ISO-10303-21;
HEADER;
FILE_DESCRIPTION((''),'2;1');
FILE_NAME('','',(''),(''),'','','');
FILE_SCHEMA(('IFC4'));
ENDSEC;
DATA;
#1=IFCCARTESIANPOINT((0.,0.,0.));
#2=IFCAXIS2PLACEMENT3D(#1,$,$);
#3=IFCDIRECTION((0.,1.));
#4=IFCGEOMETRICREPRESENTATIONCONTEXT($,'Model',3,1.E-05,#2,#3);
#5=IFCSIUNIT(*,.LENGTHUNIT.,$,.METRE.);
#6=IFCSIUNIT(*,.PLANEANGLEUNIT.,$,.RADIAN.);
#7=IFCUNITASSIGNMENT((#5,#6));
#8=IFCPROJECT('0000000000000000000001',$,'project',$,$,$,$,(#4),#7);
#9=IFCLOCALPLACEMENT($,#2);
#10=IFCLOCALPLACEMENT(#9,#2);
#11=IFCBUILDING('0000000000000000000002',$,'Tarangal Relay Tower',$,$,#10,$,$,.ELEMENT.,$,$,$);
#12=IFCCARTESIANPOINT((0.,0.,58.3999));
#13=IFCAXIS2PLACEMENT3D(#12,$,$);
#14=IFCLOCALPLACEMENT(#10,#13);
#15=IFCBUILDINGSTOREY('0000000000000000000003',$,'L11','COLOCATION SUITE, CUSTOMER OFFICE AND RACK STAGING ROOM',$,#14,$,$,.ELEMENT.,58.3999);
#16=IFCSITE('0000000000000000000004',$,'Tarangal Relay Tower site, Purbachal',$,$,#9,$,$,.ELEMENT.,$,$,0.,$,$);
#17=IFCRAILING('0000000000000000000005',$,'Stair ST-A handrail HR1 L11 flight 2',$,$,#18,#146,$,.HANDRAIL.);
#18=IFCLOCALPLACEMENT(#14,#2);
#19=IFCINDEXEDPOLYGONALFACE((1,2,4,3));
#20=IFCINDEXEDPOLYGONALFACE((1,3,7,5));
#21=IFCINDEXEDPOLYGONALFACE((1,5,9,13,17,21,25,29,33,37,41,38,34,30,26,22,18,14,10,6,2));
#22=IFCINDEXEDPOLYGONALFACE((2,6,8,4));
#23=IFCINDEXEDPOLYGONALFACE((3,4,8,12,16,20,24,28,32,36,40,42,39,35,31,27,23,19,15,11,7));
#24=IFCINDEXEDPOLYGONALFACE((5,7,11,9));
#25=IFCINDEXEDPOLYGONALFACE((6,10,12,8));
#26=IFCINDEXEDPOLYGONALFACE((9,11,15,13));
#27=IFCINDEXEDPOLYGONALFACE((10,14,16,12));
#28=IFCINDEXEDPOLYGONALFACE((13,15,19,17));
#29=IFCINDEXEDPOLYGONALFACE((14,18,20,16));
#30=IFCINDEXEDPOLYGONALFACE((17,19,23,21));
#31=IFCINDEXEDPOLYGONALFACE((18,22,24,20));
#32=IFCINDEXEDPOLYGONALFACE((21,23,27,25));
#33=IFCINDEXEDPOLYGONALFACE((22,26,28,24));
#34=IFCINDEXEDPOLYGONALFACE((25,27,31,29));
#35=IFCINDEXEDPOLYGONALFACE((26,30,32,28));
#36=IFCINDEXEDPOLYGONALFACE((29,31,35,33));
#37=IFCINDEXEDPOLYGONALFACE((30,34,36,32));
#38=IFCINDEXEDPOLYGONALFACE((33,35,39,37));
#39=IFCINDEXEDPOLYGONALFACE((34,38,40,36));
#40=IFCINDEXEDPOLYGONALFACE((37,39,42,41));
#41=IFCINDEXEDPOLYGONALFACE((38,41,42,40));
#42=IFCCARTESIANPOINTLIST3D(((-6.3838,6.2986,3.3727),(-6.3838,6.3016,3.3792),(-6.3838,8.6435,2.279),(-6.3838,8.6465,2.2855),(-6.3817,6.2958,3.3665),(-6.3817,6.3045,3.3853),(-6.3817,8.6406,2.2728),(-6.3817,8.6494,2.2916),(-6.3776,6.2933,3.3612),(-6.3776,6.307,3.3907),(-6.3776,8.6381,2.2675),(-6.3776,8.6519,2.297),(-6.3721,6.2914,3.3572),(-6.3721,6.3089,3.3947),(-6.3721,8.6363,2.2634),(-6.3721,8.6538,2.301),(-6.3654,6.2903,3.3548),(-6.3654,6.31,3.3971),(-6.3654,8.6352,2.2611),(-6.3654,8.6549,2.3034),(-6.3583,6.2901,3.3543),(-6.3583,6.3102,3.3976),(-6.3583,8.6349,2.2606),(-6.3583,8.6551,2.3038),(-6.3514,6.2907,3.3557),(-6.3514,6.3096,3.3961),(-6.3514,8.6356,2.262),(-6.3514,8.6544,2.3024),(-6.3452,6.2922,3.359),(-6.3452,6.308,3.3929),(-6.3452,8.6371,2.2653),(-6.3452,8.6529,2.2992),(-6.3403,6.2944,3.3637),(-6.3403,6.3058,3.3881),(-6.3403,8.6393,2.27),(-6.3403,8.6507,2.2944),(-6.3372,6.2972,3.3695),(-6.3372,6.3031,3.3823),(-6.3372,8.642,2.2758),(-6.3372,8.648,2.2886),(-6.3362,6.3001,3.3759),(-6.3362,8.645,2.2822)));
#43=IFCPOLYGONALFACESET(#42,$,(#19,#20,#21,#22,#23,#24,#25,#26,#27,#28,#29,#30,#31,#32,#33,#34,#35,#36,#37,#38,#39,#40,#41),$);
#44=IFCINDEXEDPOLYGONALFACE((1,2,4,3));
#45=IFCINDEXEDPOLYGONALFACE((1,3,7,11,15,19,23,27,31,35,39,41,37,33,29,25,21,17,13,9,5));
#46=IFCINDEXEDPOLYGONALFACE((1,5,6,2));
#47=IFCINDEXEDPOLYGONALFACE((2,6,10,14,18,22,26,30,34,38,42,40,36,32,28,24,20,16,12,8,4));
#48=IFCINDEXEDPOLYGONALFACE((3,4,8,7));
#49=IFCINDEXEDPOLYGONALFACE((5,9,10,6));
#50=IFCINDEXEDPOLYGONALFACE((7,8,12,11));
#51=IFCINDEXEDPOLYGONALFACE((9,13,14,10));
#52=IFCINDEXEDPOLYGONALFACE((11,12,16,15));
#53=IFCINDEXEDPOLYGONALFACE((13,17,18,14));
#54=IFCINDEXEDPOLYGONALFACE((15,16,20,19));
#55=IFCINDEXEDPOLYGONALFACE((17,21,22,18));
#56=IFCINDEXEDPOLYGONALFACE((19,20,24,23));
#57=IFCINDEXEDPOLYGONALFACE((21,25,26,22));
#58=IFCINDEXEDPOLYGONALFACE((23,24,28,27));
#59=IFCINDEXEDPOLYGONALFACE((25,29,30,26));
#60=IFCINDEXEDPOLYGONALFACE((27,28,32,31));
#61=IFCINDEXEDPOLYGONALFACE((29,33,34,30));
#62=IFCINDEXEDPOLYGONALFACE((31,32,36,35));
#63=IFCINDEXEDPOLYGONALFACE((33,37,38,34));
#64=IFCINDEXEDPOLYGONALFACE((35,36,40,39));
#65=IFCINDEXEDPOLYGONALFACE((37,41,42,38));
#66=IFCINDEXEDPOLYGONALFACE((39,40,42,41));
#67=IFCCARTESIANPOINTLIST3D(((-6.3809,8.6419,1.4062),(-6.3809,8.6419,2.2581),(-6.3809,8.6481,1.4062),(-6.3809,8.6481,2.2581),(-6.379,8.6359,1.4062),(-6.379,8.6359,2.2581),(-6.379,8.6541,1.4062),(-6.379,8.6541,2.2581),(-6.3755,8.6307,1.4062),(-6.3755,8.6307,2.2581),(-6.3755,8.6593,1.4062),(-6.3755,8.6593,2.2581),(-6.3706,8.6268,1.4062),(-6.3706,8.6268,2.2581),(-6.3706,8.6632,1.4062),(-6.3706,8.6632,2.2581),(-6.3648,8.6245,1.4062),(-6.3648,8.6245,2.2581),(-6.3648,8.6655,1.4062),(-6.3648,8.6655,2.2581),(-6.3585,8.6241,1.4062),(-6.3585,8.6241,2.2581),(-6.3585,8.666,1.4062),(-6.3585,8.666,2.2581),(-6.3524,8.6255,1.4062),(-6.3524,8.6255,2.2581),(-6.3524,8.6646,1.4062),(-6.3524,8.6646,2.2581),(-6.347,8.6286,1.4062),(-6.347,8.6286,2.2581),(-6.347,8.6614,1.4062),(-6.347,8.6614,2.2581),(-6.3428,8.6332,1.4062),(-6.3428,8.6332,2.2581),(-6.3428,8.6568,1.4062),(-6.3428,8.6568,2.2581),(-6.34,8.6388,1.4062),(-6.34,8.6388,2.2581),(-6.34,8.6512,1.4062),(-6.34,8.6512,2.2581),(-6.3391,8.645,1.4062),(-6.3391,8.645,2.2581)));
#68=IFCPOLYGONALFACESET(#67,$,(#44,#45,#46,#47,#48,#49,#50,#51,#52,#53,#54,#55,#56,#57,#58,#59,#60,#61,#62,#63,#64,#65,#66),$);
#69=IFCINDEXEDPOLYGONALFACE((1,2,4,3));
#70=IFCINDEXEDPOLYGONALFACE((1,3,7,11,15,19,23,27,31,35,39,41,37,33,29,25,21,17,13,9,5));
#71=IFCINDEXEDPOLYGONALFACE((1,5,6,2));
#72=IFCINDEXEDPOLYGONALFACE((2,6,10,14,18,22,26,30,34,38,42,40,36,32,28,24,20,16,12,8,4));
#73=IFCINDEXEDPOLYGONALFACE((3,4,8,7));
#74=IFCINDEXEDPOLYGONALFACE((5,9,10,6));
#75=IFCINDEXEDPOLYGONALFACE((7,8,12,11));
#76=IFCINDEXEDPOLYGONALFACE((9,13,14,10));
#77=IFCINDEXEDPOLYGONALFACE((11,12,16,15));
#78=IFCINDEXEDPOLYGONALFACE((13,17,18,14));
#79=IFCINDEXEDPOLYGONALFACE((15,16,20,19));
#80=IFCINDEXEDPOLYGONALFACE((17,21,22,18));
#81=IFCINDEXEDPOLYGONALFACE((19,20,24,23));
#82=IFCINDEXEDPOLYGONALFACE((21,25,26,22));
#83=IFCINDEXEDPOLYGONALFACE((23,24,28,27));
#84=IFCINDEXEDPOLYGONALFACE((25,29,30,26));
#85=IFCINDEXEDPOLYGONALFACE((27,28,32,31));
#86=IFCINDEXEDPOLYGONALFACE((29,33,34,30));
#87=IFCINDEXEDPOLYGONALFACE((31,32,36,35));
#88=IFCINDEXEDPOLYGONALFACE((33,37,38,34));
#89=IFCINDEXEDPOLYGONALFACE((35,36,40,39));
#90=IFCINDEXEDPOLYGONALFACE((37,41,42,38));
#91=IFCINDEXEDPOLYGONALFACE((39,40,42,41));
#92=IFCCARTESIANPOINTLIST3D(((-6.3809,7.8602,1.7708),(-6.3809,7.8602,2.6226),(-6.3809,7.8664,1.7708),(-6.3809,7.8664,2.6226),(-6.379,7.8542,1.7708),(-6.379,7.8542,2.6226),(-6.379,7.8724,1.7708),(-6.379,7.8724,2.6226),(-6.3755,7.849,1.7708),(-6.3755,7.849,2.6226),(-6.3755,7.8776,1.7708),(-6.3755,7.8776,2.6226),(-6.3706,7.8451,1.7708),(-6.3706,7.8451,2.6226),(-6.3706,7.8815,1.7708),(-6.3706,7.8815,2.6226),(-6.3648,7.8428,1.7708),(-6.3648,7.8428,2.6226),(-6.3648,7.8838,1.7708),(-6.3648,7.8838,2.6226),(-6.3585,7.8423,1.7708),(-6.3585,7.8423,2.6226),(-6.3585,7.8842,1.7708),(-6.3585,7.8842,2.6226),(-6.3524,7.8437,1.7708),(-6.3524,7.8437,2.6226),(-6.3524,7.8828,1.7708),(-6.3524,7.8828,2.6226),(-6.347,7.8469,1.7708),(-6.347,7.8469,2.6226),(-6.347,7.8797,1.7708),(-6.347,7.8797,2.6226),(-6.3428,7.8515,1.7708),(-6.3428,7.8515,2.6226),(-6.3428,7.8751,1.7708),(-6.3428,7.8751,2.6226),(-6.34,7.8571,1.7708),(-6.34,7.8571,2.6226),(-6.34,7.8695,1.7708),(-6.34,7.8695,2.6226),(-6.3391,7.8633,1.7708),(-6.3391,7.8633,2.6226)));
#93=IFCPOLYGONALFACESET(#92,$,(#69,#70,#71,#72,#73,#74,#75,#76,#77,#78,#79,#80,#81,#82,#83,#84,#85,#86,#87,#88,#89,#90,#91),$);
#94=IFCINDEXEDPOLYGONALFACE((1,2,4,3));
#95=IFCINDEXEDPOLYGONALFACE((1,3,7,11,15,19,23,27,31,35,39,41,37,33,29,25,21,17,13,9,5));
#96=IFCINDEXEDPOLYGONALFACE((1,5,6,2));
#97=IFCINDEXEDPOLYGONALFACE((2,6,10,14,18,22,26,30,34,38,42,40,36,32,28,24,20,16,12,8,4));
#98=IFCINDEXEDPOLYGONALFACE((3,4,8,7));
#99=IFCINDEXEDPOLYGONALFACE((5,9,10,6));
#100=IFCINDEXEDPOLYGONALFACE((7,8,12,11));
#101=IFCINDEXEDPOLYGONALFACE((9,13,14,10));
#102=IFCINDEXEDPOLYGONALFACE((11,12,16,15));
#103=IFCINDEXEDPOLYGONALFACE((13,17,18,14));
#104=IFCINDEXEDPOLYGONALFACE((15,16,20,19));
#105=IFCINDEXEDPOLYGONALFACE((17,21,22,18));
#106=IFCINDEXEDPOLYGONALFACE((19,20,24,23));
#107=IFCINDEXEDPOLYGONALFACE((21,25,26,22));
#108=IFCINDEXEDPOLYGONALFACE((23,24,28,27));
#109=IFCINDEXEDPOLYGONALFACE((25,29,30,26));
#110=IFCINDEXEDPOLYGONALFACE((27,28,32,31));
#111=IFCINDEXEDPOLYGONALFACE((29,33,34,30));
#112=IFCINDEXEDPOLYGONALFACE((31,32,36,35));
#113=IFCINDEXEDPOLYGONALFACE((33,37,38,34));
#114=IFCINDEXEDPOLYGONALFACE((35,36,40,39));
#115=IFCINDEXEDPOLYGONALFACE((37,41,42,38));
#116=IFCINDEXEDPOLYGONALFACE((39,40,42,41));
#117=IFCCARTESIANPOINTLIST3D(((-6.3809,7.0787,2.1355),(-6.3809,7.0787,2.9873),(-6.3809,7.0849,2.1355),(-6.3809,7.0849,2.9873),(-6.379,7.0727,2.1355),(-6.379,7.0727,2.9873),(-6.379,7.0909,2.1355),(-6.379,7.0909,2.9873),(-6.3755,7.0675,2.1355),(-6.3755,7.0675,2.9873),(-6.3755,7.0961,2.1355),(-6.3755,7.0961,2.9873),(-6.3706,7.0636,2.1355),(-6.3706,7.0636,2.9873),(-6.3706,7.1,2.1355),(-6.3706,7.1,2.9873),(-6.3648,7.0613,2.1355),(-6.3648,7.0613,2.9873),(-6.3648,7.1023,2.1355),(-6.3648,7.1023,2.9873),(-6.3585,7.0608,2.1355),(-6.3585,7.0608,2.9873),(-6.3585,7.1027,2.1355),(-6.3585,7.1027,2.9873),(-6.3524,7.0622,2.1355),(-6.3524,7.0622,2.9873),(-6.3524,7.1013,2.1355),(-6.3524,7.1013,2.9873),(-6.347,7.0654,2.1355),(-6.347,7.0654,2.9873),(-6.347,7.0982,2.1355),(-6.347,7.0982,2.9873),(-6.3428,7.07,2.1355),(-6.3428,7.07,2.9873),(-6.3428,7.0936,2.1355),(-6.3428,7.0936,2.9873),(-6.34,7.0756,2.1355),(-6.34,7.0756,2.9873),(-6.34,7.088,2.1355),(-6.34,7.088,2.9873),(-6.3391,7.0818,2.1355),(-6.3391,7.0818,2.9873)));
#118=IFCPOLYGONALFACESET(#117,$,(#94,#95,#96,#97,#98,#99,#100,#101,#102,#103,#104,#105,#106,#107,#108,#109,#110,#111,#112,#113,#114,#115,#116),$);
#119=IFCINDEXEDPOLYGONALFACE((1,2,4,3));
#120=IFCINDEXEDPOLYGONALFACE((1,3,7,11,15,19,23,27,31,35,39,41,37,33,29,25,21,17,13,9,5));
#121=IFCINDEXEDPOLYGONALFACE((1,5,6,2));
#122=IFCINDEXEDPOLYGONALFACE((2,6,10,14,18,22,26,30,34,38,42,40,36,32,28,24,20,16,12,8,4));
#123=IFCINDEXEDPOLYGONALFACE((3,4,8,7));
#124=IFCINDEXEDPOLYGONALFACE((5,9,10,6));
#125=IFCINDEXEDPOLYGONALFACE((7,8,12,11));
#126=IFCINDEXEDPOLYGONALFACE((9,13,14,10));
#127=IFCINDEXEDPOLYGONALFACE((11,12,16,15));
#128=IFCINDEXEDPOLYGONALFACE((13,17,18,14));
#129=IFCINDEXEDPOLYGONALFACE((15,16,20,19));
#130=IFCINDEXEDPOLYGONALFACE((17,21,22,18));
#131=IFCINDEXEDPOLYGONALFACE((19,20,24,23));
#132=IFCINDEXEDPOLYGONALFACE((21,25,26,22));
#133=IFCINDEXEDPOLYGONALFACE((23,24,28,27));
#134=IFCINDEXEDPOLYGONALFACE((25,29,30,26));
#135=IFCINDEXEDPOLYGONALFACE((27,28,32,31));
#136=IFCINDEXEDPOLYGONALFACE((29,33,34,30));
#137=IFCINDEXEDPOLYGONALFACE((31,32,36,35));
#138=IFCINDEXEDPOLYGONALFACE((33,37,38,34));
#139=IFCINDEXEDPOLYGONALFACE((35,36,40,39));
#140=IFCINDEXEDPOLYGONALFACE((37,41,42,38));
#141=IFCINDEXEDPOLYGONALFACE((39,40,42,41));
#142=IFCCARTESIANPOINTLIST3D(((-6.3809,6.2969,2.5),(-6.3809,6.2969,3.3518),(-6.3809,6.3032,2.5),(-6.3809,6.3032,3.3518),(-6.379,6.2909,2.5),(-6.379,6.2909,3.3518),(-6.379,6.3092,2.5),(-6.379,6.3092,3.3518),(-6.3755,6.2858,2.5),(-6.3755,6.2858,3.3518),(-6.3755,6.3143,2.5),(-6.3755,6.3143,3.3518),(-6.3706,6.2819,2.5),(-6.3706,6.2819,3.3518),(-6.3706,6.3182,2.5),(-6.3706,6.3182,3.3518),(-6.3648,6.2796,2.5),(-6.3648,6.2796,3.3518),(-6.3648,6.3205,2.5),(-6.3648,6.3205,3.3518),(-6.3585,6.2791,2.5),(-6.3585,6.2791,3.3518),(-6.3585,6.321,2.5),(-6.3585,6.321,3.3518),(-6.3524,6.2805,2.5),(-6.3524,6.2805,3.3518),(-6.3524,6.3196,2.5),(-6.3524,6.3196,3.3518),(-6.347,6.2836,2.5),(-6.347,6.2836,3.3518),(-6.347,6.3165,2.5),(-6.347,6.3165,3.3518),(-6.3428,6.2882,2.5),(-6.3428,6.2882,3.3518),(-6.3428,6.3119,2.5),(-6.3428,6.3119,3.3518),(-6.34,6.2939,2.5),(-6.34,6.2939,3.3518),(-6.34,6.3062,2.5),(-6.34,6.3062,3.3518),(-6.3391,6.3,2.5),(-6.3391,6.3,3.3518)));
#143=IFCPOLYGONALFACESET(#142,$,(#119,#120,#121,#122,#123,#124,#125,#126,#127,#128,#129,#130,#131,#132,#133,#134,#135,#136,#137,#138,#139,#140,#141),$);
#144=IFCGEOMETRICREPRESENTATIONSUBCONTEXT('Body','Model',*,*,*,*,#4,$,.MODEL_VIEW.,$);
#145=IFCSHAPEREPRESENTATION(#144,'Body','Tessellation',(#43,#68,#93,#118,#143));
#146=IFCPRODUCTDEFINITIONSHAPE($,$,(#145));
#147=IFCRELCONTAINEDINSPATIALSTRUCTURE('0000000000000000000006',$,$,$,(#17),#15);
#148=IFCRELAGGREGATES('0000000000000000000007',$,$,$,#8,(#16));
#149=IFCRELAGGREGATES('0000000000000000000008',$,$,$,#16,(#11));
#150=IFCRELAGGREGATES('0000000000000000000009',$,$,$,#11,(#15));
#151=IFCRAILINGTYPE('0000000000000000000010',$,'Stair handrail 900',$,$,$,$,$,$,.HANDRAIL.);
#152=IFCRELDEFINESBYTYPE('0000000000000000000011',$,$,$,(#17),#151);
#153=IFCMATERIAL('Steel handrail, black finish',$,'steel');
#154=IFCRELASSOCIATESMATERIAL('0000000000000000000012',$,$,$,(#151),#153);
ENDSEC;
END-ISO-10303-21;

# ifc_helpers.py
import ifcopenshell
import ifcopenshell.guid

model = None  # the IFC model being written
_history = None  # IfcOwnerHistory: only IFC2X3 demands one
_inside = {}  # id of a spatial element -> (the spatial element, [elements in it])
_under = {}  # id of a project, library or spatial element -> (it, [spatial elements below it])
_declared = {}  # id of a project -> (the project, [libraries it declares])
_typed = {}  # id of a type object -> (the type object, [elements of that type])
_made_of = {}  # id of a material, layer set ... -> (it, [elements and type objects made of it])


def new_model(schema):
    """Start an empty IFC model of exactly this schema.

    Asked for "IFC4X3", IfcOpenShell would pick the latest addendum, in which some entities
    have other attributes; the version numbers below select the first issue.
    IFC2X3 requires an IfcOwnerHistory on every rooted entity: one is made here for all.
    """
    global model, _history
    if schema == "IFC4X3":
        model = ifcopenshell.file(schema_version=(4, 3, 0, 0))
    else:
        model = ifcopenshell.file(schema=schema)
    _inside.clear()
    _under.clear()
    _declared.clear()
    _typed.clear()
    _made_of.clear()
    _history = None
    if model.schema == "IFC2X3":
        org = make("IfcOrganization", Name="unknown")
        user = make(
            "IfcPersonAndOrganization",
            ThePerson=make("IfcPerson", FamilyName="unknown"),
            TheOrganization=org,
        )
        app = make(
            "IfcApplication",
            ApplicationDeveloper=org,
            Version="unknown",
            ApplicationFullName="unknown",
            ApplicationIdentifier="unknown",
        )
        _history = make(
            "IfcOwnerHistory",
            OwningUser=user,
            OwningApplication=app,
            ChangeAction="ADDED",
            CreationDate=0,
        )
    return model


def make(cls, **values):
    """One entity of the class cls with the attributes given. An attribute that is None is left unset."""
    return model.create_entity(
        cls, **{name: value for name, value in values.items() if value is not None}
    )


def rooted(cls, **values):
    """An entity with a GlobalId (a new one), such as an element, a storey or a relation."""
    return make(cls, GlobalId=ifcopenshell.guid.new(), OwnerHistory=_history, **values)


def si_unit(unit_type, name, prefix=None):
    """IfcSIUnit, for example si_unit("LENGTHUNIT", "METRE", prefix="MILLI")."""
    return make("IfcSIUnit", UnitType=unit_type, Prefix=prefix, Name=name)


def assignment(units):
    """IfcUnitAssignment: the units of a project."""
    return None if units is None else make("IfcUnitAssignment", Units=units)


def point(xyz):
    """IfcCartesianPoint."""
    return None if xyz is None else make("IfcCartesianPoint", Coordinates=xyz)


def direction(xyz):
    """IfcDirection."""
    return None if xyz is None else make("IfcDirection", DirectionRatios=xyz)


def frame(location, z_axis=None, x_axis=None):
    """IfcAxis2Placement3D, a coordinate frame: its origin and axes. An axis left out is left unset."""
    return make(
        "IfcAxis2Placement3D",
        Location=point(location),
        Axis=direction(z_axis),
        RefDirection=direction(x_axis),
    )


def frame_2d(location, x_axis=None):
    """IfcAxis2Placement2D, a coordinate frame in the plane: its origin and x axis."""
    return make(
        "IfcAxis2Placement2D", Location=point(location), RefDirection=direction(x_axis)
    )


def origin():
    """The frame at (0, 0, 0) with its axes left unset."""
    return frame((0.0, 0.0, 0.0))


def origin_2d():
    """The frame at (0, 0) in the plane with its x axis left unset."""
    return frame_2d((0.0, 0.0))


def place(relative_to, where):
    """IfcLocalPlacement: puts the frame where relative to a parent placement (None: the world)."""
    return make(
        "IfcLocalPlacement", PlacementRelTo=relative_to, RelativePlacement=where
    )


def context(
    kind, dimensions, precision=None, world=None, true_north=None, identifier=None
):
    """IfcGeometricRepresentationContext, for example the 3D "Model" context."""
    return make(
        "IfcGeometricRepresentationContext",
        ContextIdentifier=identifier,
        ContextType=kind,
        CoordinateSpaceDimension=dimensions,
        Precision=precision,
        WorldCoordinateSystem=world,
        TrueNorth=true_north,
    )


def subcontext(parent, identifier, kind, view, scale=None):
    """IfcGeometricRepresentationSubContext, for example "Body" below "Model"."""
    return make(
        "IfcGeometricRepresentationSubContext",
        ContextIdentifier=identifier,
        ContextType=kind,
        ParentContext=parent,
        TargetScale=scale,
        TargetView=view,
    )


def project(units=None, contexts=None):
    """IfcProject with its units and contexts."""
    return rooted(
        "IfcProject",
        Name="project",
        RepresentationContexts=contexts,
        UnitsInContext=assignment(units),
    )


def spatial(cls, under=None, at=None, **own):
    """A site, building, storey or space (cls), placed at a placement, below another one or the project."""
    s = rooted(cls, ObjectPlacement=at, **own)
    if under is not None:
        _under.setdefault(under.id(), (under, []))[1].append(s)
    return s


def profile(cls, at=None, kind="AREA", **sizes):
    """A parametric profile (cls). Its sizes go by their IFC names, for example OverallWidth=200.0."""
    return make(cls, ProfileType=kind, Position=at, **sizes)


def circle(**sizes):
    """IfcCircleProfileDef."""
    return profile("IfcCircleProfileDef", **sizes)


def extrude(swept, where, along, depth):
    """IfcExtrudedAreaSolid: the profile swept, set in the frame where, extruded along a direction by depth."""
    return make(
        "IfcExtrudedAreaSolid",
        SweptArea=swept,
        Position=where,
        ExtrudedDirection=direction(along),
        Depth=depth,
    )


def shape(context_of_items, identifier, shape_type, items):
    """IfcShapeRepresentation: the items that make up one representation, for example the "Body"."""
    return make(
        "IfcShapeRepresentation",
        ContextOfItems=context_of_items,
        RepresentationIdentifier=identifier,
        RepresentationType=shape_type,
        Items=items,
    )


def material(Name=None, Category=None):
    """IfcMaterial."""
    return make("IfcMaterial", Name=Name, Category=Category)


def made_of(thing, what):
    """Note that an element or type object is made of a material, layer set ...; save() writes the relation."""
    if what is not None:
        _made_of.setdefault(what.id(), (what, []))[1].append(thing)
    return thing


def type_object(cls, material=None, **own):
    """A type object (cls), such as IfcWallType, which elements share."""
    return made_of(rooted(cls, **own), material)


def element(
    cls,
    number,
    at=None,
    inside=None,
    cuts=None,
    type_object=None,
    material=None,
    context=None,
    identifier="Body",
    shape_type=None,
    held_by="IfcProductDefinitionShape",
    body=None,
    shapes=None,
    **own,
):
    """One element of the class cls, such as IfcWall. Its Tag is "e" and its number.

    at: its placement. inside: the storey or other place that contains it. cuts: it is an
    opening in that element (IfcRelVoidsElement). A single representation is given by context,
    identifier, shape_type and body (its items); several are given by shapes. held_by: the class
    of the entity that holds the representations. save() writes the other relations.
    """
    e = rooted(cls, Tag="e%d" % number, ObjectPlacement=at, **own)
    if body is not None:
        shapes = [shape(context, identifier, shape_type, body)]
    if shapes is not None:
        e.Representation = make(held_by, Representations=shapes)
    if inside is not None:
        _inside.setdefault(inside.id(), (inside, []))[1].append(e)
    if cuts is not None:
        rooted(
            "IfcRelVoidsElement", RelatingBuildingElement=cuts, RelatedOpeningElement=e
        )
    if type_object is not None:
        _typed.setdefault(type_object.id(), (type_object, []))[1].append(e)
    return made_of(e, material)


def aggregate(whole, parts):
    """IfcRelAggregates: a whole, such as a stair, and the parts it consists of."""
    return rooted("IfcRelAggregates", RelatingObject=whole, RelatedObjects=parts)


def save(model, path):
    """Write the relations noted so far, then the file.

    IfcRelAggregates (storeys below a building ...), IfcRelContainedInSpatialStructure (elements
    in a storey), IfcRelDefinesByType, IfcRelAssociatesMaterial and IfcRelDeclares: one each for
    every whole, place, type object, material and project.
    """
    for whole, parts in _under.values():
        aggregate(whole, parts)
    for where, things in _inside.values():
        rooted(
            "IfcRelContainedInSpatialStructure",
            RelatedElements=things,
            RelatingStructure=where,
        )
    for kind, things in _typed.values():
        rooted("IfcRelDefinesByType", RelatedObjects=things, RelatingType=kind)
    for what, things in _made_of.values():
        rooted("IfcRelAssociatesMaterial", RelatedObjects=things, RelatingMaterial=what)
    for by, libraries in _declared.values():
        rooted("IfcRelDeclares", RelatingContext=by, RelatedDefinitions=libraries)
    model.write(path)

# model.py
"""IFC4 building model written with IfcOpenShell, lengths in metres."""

from ifc_helpers import new_model, si_unit, direction, frame, origin, origin_2d, place, context, subcontext, project, spatial, circle, extrude, material, type_object, element, save


model = new_model("IFC4")

# Units and contexts
model_context = context("Model", 3, precision=1e-05, world=origin(), true_north=direction((0.0, 1.0)))
body_context = subcontext(model_context, "Body", "Model", "MODEL_VIEW")
ifc_project = project(units=[si_unit("LENGTHUNIT", "METRE"), si_unit("PLANEANGLEUNIT", "RADIAN")], contexts=[model_context])

# Site, building, storey
site_placement = place(None, origin())
site = spatial("IfcSite", under=ifc_project, at=site_placement, Name="Tarangal Relay Tower site, Purbachal", CompositionType="ELEMENT", RefElevation=0.0)
building_placement = place(site_placement, origin())
building = spatial("IfcBuilding", under=site, at=building_placement, Name="Tarangal Relay Tower", CompositionType="ELEMENT")
storey_placement = place(building_placement, frame((0.0, 0.0, 58.3999)))
storey = spatial("IfcBuildingStorey", under=building, at=storey_placement, Name="L11", Description="COLOCATION SUITE, CUSTOMER OFFICE AND RACK STAGING ROOM", CompositionType="ELEMENT", Elevation=58.3999)

# Railing
ifc_material_1 = material(Name="Steel handrail, black finish", Category="steel")
railing_type_1 = type_object("IfcRailingType", Name="Stair handrail 900", PredefinedType="HANDRAIL", material=ifc_material_1)
for number, where, name in (
    (1, (-6.3601, 8.645, 1.4062), "Stair ST-A handrail HR1 L11 flight 2"),
):
    element("IfcRailing", number, at=place(storey_placement, frame(where)), inside=storey, type_object=railing_type_1, Name=name, PredefinedType="HANDRAIL", context=body_context, shape_type="SweptSolid", body=[
        extrude(circle(Radius=0.0239, at=origin_2d()), frame((0.0, 0.0, 0.876), z_axis=(0.0, -0.906267, 0.422705), x_axis=(1.0, 0.0, 0.0)), (0.0, 0.0, 1.0), 2.5874),
        extrude(circle(Radius=0.021, at=origin_2d()), origin(), (0.0, 0.0, 1.0), 0.8518),
        extrude(circle(Radius=0.021, at=origin_2d()), frame((0.0, -0.7817, 0.3645)), (0.0, 0.0, 1.0), 0.8518),
        extrude(circle(Radius=0.021, at=origin_2d()), frame((0.0, -1.5632, 0.7292)), (0.0, 0.0, 1.0), 0.8518),
        extrude(circle(Radius=0.021, at=origin_2d()), frame((0.0, -2.345, 1.0938)), (0.0, 0.0, 1.0), 0.8518),
    ])

save(model, "model.ifc")
